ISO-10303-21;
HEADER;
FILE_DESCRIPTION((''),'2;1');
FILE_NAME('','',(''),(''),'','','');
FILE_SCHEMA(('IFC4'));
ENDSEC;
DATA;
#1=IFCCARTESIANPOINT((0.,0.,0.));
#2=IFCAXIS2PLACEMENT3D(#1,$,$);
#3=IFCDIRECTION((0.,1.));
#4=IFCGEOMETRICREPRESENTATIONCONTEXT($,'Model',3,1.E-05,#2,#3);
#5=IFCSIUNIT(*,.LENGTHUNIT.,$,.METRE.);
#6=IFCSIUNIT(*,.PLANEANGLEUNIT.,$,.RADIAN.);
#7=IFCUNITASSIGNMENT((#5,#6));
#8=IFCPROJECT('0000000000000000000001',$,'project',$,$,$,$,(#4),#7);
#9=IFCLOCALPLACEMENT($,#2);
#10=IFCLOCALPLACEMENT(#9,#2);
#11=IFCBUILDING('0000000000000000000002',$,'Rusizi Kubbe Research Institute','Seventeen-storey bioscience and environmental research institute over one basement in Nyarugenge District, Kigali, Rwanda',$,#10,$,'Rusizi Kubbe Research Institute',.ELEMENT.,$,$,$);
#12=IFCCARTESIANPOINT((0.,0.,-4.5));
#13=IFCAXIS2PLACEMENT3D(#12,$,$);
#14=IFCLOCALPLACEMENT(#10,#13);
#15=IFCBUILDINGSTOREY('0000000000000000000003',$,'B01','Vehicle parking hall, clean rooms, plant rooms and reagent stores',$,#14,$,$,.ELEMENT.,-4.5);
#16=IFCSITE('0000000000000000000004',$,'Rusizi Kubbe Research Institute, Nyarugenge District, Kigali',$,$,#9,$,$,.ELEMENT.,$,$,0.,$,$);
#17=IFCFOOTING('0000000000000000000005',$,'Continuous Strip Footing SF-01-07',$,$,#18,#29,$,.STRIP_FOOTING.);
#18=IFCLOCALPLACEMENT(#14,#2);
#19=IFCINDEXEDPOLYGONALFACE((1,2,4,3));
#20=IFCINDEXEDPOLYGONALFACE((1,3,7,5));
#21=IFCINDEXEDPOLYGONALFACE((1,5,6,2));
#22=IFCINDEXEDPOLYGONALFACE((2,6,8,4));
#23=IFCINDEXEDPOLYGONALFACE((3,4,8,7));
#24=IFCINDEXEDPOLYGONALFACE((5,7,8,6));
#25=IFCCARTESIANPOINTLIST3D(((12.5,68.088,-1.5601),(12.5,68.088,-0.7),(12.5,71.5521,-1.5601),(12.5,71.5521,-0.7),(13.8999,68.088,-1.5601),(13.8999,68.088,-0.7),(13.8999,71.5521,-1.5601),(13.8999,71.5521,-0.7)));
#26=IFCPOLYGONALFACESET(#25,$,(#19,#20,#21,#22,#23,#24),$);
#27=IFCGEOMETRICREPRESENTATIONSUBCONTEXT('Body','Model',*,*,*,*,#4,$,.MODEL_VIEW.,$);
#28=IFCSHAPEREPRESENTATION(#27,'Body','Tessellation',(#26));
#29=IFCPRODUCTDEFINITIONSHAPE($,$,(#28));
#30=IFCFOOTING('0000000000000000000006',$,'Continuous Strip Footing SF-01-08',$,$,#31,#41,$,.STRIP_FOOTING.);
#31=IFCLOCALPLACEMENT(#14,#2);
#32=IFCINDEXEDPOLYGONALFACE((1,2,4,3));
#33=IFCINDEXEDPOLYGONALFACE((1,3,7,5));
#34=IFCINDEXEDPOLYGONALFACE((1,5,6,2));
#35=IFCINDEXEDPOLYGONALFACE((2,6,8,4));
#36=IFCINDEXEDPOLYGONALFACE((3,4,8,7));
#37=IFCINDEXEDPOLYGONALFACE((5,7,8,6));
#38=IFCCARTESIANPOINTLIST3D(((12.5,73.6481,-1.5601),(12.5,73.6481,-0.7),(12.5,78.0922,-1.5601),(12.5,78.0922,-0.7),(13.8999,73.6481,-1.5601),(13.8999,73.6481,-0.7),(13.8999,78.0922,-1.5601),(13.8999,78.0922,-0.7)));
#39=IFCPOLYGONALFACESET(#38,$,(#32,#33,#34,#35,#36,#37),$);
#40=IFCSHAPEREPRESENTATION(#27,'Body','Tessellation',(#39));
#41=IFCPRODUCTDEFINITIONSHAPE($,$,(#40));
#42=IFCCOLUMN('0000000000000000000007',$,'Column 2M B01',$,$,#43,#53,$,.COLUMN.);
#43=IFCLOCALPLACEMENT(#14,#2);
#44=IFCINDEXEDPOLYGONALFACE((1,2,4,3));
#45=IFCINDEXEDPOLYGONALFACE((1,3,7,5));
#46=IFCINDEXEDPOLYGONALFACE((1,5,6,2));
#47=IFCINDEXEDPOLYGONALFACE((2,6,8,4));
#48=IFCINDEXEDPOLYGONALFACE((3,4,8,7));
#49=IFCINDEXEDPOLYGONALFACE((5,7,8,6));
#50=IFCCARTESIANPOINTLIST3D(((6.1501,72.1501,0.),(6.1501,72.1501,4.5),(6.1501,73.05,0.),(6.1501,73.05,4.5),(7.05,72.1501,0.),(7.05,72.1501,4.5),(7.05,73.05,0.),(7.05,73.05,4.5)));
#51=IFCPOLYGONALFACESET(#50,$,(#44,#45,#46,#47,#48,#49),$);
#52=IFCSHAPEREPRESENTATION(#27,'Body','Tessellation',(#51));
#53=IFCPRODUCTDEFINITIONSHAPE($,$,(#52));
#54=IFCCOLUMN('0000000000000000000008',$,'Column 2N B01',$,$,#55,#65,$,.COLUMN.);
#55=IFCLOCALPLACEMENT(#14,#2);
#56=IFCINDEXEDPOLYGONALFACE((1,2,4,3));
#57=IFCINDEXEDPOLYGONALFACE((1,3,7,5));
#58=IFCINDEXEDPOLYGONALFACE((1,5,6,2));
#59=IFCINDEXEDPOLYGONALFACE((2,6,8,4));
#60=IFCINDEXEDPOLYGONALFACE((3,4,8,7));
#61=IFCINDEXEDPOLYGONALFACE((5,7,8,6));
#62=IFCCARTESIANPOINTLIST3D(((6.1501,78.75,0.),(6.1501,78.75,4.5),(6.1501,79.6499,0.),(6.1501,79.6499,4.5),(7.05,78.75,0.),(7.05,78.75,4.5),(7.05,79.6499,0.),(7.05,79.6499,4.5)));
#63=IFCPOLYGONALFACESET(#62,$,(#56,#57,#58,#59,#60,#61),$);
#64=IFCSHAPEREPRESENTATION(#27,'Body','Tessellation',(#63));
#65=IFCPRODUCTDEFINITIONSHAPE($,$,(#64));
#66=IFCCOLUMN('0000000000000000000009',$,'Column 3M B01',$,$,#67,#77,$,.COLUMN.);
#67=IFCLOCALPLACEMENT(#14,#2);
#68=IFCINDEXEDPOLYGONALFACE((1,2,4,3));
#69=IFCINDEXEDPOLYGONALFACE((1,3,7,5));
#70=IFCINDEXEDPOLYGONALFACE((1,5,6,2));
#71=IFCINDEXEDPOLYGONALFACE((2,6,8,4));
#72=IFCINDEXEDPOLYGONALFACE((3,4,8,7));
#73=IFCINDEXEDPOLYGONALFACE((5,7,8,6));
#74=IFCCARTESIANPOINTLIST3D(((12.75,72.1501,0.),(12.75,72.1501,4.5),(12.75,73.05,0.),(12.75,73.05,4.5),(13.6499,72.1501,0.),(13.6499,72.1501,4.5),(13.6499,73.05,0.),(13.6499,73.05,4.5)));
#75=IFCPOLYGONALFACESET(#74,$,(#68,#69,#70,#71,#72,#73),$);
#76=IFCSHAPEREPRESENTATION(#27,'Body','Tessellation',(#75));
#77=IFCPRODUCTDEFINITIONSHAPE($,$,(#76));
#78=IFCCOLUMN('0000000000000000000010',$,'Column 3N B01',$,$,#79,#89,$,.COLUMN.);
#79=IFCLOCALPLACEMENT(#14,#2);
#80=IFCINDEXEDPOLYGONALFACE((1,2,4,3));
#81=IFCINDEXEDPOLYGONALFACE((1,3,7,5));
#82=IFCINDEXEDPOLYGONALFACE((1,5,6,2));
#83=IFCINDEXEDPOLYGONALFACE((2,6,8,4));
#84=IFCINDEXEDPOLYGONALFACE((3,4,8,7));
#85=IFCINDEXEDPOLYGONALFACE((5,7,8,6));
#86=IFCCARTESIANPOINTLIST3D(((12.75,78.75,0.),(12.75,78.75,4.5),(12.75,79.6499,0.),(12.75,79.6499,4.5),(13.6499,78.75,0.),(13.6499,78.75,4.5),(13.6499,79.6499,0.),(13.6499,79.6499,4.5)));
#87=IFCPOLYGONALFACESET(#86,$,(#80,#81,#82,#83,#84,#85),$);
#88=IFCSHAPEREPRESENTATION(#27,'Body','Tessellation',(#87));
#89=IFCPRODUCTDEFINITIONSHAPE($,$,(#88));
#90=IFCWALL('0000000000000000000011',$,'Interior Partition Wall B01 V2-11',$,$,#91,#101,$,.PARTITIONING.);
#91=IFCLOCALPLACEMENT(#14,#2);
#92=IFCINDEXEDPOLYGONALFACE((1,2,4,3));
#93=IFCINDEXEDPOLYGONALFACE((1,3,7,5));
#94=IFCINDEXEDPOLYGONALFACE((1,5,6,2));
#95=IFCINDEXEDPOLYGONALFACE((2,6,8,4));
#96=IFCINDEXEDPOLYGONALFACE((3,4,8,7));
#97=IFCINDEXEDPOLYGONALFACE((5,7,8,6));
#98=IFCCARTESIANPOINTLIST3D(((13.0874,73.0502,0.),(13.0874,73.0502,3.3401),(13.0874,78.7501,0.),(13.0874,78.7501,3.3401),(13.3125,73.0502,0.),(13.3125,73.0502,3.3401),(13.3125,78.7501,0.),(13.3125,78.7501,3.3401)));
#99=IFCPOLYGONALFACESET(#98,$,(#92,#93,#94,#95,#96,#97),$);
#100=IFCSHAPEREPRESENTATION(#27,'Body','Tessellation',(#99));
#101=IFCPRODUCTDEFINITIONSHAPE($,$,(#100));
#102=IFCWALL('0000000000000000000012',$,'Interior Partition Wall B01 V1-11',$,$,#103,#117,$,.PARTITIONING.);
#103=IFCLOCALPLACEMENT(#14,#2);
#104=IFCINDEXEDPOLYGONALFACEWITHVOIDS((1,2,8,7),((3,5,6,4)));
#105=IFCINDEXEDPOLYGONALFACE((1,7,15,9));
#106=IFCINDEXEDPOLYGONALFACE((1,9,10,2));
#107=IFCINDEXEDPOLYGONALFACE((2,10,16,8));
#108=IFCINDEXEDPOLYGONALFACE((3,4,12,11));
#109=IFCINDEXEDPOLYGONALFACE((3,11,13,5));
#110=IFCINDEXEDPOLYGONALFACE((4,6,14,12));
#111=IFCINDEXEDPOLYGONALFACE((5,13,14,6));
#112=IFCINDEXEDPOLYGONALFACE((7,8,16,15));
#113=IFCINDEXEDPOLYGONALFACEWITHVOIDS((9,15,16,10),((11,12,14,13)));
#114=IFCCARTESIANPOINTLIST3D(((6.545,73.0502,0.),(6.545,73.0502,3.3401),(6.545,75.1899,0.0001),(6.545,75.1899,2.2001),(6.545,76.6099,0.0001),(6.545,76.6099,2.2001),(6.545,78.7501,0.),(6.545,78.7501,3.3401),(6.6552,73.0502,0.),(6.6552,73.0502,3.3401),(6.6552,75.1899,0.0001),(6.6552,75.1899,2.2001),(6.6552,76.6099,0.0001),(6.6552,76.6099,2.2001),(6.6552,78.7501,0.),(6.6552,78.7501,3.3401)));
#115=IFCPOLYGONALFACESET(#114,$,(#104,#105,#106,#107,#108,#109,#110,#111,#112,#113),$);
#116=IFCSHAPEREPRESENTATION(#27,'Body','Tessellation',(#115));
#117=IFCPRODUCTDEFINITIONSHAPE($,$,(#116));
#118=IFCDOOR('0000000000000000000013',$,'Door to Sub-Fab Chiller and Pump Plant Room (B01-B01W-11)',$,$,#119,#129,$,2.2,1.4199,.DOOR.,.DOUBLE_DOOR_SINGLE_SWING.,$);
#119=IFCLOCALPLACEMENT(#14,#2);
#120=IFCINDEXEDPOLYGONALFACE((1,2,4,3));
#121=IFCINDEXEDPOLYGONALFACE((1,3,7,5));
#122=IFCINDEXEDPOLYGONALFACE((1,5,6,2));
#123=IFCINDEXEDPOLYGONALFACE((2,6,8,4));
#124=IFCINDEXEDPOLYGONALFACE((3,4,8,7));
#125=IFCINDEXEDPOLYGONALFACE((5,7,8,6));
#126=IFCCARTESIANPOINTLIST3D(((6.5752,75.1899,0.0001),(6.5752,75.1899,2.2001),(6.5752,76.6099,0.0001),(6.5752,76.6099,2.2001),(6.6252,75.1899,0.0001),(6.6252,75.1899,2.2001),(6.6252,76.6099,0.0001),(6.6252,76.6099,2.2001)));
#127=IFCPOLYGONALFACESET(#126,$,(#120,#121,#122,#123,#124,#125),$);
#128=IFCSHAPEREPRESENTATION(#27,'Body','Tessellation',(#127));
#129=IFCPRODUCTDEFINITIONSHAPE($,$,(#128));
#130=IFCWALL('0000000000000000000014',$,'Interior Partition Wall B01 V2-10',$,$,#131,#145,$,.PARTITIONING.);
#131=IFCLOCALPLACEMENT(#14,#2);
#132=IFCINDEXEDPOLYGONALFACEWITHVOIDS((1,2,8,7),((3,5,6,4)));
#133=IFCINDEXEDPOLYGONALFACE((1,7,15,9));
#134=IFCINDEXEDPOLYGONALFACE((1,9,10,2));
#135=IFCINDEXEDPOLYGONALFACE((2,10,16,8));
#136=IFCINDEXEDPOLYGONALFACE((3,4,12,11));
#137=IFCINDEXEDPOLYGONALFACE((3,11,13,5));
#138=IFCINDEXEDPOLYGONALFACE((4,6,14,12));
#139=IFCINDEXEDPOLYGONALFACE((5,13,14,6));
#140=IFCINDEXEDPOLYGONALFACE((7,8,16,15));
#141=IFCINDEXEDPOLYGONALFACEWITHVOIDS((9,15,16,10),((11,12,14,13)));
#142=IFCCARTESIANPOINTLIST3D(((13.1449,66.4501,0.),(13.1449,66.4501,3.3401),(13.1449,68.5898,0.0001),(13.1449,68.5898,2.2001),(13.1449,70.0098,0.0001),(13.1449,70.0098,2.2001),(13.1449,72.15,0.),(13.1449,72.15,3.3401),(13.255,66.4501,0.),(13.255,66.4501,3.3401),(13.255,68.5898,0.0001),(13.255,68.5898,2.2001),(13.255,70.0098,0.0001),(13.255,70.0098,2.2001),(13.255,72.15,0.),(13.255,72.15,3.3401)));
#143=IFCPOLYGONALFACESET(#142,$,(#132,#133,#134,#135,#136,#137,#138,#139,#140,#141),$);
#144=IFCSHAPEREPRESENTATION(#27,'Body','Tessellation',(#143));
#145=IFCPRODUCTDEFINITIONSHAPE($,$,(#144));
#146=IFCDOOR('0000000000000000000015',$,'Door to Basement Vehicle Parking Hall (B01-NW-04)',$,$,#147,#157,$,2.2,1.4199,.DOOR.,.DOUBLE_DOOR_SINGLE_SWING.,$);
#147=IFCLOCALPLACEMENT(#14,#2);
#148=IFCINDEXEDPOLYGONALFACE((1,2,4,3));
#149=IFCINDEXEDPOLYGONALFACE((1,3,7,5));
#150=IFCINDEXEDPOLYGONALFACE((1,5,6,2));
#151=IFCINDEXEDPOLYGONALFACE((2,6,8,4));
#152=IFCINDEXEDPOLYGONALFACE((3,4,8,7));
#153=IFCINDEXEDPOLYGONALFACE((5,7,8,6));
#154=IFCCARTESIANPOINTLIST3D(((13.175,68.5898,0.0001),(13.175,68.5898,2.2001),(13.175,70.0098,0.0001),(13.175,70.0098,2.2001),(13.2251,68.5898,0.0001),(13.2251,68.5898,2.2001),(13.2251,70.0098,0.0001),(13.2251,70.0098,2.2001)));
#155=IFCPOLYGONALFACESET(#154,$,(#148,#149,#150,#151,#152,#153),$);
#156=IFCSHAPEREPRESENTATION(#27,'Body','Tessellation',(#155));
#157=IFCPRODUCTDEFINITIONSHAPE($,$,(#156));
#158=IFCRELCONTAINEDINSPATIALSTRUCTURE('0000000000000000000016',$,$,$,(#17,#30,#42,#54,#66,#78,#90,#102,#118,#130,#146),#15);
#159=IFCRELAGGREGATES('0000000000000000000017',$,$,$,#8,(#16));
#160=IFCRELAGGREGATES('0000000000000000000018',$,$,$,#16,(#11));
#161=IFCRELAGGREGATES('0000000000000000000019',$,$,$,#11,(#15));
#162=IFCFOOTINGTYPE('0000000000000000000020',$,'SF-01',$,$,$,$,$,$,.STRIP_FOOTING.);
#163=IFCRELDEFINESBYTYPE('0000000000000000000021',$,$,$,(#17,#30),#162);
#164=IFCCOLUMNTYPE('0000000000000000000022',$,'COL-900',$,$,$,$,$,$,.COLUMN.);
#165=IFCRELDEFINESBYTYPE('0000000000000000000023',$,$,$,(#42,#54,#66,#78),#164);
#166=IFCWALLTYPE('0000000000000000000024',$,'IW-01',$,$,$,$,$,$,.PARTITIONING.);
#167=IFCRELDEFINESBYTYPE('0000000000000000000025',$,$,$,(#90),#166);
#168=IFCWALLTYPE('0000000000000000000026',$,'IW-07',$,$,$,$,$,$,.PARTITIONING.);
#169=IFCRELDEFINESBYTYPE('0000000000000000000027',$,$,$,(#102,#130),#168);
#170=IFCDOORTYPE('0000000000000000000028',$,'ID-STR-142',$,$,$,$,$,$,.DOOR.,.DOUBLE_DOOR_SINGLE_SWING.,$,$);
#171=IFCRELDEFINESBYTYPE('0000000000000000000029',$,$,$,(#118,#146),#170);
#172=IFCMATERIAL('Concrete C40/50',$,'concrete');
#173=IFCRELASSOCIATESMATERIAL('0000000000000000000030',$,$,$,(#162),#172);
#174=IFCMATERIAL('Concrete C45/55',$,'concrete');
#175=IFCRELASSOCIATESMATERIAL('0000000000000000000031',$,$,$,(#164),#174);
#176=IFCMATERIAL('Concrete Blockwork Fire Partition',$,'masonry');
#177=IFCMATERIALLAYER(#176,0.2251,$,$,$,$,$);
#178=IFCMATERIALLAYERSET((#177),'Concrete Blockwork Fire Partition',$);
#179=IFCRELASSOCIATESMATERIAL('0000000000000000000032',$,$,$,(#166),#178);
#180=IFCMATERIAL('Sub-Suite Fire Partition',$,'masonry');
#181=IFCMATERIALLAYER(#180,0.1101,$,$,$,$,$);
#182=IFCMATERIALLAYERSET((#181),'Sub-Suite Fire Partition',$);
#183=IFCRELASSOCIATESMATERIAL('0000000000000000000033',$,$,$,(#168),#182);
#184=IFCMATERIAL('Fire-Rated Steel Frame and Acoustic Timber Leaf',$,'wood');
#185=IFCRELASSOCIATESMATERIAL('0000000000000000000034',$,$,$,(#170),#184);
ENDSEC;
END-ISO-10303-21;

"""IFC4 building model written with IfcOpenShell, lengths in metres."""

from ifc_helpers import new_model, si_unit, direction, frame, frame_2d, origin, origin_2d, place, context, subcontext, project, spatial, rectangle, extrude, material, layer, layer_set, material_profile, profile_set, type_object, element, fill, save


model = new_model("IFC4")

# Units and contexts
model_context = context("Model", 3, precision=1e-05, world=origin(), true_north=direction((0.0, 1.0)))
body_context = subcontext(model_context, "Body", "Model", "MODEL_VIEW")
ifc_project = project(units=[si_unit("LENGTHUNIT", "METRE"), si_unit("PLANEANGLEUNIT", "RADIAN")], contexts=[model_context])

# Site, building, storey
site_placement = place(None, origin())
site = spatial("IfcSite", under=ifc_project, at=site_placement, Name="Rusizi Kubbe Research Institute, Nyarugenge District, Kigali", CompositionType="ELEMENT", RefElevation=0.0)
building_placement = place(site_placement, origin())
building = spatial("IfcBuilding", under=site, at=building_placement, Name="Rusizi Kubbe Research Institute", Description="Seventeen-storey bioscience and environmental research institute over one basement in Nyarugenge District, Kigali, Rwanda", LongName="Rusizi Kubbe Research Institute", CompositionType="ELEMENT")
storey_placement = place(building_placement, frame((0.0, 0.0, -4.5)))
storey = spatial("IfcBuildingStorey", under=building, at=storey_placement, Name="B01", Description="Vehicle parking hall, clean rooms, plant rooms and reagent stores", CompositionType="ELEMENT", Elevation=-4.5)

# Footings
ifc_material_1 = material(Name="Concrete C40/50", Category="concrete")
footing_type_1 = type_object("IfcFootingType", Name="SF-01", PredefinedType="STRIP_FOOTING", material=ifc_material_1)
footing_1_placement = place(storey_placement, frame((13.2, 69.8201, -1.5601), z_axis=(0.0, 0.0, 1.0), x_axis=(0.0, 1.0, 0.0)))
element("IfcFooting", 1, at=footing_1_placement, inside=storey, type_object=footing_type_1, Name="Continuous Strip Footing SF-01-07", PredefinedType="STRIP_FOOTING", context=body_context, shape_type="SweptSolid", body=[
    extrude(rectangle(XDim=3.4641, YDim=1.3999, at=origin_2d()), origin(), (0.0, 0.0, 1.0), 0.8601),
])
footing_2_placement = place(storey_placement, frame((13.2, 75.8701, -1.5601), z_axis=(0.0, 0.0, 1.0), x_axis=(0.0, 1.0, 0.0)))
element("IfcFooting", 2, at=footing_2_placement, inside=storey, type_object=footing_type_1, Name="Continuous Strip Footing SF-01-08", PredefinedType="STRIP_FOOTING", context=body_context, shape_type="SweptSolid", body=[
    extrude(rectangle(XDim=4.4441, YDim=1.3999, at=origin_2d()), origin(), (0.0, 0.0, 1.0), 0.8601),
])

# Columns
ifc_material_2 = material(Name="Concrete C45/55", Category="concrete")
ifc_material_profile_1 = material_profile(ifc_material_2, rectangle(XDim=0.8999, YDim=0.8999, at=origin_2d()), Name="RC900x900")
ifc_profile_set_1 = profile_set([ifc_material_profile_1], Name="Concrete C45/55")
column_type = type_object("IfcColumnType", Name="COL-900", PredefinedType="COLUMN", material=ifc_profile_set_1)
for number, where, z_axis, x_axis, name in (
    (3, (6.6001, 72.6001, 0.0), (0.0, 0.0, 1.0), (1.0, 0.0, 0.0), "Column 2M B01"),
    (4, (6.6001, 79.2, 0.0), (0.0, 0.0, 1.0), (1.0, 0.0, 0.0), "Column 2N B01"),
    (5, (13.2, 72.6001, 0.0), (0.0, 0.0, 1.0), (1.0, 0.0, 0.0), "Column 3M B01"),
    (6, (13.2, 79.2, 0.0), (0.0, 0.0, 1.0), (1.0, 0.0, 0.0), "Column 3N B01"),
):
    element("IfcColumn", number, at=place(storey_placement, frame(where, z_axis=z_axis, x_axis=x_axis)), inside=storey, type_object=column_type, Name=name, PredefinedType="COLUMN", context=body_context, shape_type="SweptSolid", body=[
        extrude(rectangle(XDim=0.8999, YDim=0.8999, at=origin_2d()), origin(), (0.0, 0.0, 1.0), 4.5),
    ])

# Wall
ifc_material_3 = material(Name="Concrete Blockwork Fire Partition", Category="masonry")
ifc_layer_1 = layer(ifc_material_3, 0.2251)
ifc_layer_set_1 = layer_set([ifc_layer_1], Name="Concrete Blockwork Fire Partition")
wall_type_1 = type_object("IfcWallType", Name="IW-01", PredefinedType="PARTITIONING", material=ifc_layer_set_1)
wall_1_placement = place(storey_placement, frame((13.2, 73.05, 0.0), z_axis=(0.0, 0.0, 1.0), x_axis=(0.0, 1.0, 0.0)))
element("IfcWall", 7, at=wall_1_placement, inside=storey, type_object=wall_type_1, Name="Interior Partition Wall B01 V2-11", PredefinedType="PARTITIONING", context=body_context, shape_type="SweptSolid", body=[
    extrude(rectangle(XDim=5.7, YDim=0.2251, at=frame_2d((2.8501, 0.0))), origin(), (0.0, 0.0, 1.0), 3.3401),
])

# Walls, openings, doors
ifc_material_4 = material(Name="Sub-Suite Fire Partition", Category="masonry")
ifc_layer_2 = layer(ifc_material_4, 0.1101)
ifc_layer_set_2 = layer_set([ifc_layer_2], Name="Sub-Suite Fire Partition")
wall_type_2 = type_object("IfcWallType", Name="IW-07", PredefinedType="PARTITIONING", material=ifc_layer_set_2)
wall_2_placement = place(storey_placement, frame((6.6001, 73.05, 0.0), z_axis=(0.0, 0.0, 1.0), x_axis=(0.0, 1.0, 0.0)))
wall_2 = element("IfcWall", 8, at=wall_2_placement, inside=storey, type_object=wall_type_2, Name="Interior Partition Wall B01 V1-11", PredefinedType="PARTITIONING", context=body_context, shape_type="SweptSolid", body=[
    extrude(rectangle(XDim=5.7, YDim=0.1101, at=frame_2d((2.8501, 0.0))), origin(), (0.0, 0.0, 1.0), 3.3401),
])
opening_1_placement = place(wall_2_placement, frame((2.1399, 0.0, 0.0)))
opening_1 = element("IfcOpeningElement", 9, at=opening_1_placement, cuts=wall_2, PredefinedType="OPENING", context=body_context, shape_type="SweptSolid", body=[
    extrude(rectangle(XDim=1.4199, YDim=2.2, at=frame_2d((0.71, 1.1001))), frame((0.0, 0.0649, 0.0), z_axis=(0.0, -1.0, 0.0), x_axis=(1.0, 0.0, 0.0)), (0.0, 0.0, 1.0), 0.1301),
])
ifc_material_5 = material(Name="Fire-Rated Steel Frame and Acoustic Timber Leaf", Category="wood")
door_type = type_object("IfcDoorType", Name="ID-STR-142", OperationType="DOUBLE_DOOR_SINGLE_SWING", PredefinedType="DOOR", material=ifc_material_5)
door_1_placement = place(opening_1_placement, origin())
door_1 = element("IfcDoor", 10, at=door_1_placement, inside=storey, type_object=door_type, Name="Door to Sub-Fab Chiller and Pump Plant Room (B01-B01W-11)", OperationType="DOUBLE_DOOR_SINGLE_SWING", OverallHeight=2.2, OverallWidth=1.4199, PredefinedType="DOOR", context=body_context, shape_type="SweptSolid", body=[
    extrude(rectangle(XDim=1.4199, YDim=2.2, at=frame_2d((0.71, 1.1001))), frame((0.0, 0.0249, 0.0), z_axis=(0.0, -1.0, 0.0), x_axis=(1.0, 0.0, 0.0)), (0.0, 0.0, 1.0), 0.05),
])
fill(opening_1, door_1)
wall_3_placement = place(storey_placement, frame((13.2, 66.45, 0.0), z_axis=(0.0, 0.0, 1.0), x_axis=(0.0, 1.0, 0.0)))
wall_3 = element("IfcWall", 11, at=wall_3_placement, inside=storey, type_object=wall_type_2, Name="Interior Partition Wall B01 V2-10", PredefinedType="PARTITIONING", context=body_context, shape_type="SweptSolid", body=[
    extrude(rectangle(XDim=5.7, YDim=0.1101, at=frame_2d((2.8501, 0.0))), origin(), (0.0, 0.0, 1.0), 3.3401),
])
opening_2_placement = place(wall_3_placement, frame((2.1399, 0.0, 0.0)))
opening_2 = element("IfcOpeningElement", 12, at=opening_2_placement, cuts=wall_3, PredefinedType="OPENING", context=body_context, shape_type="SweptSolid", body=[
    extrude(rectangle(XDim=1.4199, YDim=2.2, at=frame_2d((0.71, 1.1001))), frame((0.0, 0.0649, 0.0), z_axis=(0.0, -1.0, 0.0), x_axis=(1.0, 0.0, 0.0)), (0.0, 0.0, 1.0), 0.1301),
])
door_2_placement = place(opening_2_placement, origin())
door_2 = element("IfcDoor", 13, at=door_2_placement, inside=storey, type_object=door_type, Name="Door to Basement Vehicle Parking Hall (B01-NW-04)", OperationType="DOUBLE_DOOR_SINGLE_SWING", OverallHeight=2.2, OverallWidth=1.4199, PredefinedType="DOOR", context=body_context, shape_type="SweptSolid", body=[
    extrude(rectangle(XDim=1.4199, YDim=2.2, at=frame_2d((0.71, 1.1001))), frame((0.0, 0.0249, 0.0), z_axis=(0.0, -1.0, 0.0), x_axis=(1.0, 0.0, 0.0)), (0.0, 0.0, 1.0), 0.05),
])
fill(opening_2, door_2)

save(model, "model.ifc")
